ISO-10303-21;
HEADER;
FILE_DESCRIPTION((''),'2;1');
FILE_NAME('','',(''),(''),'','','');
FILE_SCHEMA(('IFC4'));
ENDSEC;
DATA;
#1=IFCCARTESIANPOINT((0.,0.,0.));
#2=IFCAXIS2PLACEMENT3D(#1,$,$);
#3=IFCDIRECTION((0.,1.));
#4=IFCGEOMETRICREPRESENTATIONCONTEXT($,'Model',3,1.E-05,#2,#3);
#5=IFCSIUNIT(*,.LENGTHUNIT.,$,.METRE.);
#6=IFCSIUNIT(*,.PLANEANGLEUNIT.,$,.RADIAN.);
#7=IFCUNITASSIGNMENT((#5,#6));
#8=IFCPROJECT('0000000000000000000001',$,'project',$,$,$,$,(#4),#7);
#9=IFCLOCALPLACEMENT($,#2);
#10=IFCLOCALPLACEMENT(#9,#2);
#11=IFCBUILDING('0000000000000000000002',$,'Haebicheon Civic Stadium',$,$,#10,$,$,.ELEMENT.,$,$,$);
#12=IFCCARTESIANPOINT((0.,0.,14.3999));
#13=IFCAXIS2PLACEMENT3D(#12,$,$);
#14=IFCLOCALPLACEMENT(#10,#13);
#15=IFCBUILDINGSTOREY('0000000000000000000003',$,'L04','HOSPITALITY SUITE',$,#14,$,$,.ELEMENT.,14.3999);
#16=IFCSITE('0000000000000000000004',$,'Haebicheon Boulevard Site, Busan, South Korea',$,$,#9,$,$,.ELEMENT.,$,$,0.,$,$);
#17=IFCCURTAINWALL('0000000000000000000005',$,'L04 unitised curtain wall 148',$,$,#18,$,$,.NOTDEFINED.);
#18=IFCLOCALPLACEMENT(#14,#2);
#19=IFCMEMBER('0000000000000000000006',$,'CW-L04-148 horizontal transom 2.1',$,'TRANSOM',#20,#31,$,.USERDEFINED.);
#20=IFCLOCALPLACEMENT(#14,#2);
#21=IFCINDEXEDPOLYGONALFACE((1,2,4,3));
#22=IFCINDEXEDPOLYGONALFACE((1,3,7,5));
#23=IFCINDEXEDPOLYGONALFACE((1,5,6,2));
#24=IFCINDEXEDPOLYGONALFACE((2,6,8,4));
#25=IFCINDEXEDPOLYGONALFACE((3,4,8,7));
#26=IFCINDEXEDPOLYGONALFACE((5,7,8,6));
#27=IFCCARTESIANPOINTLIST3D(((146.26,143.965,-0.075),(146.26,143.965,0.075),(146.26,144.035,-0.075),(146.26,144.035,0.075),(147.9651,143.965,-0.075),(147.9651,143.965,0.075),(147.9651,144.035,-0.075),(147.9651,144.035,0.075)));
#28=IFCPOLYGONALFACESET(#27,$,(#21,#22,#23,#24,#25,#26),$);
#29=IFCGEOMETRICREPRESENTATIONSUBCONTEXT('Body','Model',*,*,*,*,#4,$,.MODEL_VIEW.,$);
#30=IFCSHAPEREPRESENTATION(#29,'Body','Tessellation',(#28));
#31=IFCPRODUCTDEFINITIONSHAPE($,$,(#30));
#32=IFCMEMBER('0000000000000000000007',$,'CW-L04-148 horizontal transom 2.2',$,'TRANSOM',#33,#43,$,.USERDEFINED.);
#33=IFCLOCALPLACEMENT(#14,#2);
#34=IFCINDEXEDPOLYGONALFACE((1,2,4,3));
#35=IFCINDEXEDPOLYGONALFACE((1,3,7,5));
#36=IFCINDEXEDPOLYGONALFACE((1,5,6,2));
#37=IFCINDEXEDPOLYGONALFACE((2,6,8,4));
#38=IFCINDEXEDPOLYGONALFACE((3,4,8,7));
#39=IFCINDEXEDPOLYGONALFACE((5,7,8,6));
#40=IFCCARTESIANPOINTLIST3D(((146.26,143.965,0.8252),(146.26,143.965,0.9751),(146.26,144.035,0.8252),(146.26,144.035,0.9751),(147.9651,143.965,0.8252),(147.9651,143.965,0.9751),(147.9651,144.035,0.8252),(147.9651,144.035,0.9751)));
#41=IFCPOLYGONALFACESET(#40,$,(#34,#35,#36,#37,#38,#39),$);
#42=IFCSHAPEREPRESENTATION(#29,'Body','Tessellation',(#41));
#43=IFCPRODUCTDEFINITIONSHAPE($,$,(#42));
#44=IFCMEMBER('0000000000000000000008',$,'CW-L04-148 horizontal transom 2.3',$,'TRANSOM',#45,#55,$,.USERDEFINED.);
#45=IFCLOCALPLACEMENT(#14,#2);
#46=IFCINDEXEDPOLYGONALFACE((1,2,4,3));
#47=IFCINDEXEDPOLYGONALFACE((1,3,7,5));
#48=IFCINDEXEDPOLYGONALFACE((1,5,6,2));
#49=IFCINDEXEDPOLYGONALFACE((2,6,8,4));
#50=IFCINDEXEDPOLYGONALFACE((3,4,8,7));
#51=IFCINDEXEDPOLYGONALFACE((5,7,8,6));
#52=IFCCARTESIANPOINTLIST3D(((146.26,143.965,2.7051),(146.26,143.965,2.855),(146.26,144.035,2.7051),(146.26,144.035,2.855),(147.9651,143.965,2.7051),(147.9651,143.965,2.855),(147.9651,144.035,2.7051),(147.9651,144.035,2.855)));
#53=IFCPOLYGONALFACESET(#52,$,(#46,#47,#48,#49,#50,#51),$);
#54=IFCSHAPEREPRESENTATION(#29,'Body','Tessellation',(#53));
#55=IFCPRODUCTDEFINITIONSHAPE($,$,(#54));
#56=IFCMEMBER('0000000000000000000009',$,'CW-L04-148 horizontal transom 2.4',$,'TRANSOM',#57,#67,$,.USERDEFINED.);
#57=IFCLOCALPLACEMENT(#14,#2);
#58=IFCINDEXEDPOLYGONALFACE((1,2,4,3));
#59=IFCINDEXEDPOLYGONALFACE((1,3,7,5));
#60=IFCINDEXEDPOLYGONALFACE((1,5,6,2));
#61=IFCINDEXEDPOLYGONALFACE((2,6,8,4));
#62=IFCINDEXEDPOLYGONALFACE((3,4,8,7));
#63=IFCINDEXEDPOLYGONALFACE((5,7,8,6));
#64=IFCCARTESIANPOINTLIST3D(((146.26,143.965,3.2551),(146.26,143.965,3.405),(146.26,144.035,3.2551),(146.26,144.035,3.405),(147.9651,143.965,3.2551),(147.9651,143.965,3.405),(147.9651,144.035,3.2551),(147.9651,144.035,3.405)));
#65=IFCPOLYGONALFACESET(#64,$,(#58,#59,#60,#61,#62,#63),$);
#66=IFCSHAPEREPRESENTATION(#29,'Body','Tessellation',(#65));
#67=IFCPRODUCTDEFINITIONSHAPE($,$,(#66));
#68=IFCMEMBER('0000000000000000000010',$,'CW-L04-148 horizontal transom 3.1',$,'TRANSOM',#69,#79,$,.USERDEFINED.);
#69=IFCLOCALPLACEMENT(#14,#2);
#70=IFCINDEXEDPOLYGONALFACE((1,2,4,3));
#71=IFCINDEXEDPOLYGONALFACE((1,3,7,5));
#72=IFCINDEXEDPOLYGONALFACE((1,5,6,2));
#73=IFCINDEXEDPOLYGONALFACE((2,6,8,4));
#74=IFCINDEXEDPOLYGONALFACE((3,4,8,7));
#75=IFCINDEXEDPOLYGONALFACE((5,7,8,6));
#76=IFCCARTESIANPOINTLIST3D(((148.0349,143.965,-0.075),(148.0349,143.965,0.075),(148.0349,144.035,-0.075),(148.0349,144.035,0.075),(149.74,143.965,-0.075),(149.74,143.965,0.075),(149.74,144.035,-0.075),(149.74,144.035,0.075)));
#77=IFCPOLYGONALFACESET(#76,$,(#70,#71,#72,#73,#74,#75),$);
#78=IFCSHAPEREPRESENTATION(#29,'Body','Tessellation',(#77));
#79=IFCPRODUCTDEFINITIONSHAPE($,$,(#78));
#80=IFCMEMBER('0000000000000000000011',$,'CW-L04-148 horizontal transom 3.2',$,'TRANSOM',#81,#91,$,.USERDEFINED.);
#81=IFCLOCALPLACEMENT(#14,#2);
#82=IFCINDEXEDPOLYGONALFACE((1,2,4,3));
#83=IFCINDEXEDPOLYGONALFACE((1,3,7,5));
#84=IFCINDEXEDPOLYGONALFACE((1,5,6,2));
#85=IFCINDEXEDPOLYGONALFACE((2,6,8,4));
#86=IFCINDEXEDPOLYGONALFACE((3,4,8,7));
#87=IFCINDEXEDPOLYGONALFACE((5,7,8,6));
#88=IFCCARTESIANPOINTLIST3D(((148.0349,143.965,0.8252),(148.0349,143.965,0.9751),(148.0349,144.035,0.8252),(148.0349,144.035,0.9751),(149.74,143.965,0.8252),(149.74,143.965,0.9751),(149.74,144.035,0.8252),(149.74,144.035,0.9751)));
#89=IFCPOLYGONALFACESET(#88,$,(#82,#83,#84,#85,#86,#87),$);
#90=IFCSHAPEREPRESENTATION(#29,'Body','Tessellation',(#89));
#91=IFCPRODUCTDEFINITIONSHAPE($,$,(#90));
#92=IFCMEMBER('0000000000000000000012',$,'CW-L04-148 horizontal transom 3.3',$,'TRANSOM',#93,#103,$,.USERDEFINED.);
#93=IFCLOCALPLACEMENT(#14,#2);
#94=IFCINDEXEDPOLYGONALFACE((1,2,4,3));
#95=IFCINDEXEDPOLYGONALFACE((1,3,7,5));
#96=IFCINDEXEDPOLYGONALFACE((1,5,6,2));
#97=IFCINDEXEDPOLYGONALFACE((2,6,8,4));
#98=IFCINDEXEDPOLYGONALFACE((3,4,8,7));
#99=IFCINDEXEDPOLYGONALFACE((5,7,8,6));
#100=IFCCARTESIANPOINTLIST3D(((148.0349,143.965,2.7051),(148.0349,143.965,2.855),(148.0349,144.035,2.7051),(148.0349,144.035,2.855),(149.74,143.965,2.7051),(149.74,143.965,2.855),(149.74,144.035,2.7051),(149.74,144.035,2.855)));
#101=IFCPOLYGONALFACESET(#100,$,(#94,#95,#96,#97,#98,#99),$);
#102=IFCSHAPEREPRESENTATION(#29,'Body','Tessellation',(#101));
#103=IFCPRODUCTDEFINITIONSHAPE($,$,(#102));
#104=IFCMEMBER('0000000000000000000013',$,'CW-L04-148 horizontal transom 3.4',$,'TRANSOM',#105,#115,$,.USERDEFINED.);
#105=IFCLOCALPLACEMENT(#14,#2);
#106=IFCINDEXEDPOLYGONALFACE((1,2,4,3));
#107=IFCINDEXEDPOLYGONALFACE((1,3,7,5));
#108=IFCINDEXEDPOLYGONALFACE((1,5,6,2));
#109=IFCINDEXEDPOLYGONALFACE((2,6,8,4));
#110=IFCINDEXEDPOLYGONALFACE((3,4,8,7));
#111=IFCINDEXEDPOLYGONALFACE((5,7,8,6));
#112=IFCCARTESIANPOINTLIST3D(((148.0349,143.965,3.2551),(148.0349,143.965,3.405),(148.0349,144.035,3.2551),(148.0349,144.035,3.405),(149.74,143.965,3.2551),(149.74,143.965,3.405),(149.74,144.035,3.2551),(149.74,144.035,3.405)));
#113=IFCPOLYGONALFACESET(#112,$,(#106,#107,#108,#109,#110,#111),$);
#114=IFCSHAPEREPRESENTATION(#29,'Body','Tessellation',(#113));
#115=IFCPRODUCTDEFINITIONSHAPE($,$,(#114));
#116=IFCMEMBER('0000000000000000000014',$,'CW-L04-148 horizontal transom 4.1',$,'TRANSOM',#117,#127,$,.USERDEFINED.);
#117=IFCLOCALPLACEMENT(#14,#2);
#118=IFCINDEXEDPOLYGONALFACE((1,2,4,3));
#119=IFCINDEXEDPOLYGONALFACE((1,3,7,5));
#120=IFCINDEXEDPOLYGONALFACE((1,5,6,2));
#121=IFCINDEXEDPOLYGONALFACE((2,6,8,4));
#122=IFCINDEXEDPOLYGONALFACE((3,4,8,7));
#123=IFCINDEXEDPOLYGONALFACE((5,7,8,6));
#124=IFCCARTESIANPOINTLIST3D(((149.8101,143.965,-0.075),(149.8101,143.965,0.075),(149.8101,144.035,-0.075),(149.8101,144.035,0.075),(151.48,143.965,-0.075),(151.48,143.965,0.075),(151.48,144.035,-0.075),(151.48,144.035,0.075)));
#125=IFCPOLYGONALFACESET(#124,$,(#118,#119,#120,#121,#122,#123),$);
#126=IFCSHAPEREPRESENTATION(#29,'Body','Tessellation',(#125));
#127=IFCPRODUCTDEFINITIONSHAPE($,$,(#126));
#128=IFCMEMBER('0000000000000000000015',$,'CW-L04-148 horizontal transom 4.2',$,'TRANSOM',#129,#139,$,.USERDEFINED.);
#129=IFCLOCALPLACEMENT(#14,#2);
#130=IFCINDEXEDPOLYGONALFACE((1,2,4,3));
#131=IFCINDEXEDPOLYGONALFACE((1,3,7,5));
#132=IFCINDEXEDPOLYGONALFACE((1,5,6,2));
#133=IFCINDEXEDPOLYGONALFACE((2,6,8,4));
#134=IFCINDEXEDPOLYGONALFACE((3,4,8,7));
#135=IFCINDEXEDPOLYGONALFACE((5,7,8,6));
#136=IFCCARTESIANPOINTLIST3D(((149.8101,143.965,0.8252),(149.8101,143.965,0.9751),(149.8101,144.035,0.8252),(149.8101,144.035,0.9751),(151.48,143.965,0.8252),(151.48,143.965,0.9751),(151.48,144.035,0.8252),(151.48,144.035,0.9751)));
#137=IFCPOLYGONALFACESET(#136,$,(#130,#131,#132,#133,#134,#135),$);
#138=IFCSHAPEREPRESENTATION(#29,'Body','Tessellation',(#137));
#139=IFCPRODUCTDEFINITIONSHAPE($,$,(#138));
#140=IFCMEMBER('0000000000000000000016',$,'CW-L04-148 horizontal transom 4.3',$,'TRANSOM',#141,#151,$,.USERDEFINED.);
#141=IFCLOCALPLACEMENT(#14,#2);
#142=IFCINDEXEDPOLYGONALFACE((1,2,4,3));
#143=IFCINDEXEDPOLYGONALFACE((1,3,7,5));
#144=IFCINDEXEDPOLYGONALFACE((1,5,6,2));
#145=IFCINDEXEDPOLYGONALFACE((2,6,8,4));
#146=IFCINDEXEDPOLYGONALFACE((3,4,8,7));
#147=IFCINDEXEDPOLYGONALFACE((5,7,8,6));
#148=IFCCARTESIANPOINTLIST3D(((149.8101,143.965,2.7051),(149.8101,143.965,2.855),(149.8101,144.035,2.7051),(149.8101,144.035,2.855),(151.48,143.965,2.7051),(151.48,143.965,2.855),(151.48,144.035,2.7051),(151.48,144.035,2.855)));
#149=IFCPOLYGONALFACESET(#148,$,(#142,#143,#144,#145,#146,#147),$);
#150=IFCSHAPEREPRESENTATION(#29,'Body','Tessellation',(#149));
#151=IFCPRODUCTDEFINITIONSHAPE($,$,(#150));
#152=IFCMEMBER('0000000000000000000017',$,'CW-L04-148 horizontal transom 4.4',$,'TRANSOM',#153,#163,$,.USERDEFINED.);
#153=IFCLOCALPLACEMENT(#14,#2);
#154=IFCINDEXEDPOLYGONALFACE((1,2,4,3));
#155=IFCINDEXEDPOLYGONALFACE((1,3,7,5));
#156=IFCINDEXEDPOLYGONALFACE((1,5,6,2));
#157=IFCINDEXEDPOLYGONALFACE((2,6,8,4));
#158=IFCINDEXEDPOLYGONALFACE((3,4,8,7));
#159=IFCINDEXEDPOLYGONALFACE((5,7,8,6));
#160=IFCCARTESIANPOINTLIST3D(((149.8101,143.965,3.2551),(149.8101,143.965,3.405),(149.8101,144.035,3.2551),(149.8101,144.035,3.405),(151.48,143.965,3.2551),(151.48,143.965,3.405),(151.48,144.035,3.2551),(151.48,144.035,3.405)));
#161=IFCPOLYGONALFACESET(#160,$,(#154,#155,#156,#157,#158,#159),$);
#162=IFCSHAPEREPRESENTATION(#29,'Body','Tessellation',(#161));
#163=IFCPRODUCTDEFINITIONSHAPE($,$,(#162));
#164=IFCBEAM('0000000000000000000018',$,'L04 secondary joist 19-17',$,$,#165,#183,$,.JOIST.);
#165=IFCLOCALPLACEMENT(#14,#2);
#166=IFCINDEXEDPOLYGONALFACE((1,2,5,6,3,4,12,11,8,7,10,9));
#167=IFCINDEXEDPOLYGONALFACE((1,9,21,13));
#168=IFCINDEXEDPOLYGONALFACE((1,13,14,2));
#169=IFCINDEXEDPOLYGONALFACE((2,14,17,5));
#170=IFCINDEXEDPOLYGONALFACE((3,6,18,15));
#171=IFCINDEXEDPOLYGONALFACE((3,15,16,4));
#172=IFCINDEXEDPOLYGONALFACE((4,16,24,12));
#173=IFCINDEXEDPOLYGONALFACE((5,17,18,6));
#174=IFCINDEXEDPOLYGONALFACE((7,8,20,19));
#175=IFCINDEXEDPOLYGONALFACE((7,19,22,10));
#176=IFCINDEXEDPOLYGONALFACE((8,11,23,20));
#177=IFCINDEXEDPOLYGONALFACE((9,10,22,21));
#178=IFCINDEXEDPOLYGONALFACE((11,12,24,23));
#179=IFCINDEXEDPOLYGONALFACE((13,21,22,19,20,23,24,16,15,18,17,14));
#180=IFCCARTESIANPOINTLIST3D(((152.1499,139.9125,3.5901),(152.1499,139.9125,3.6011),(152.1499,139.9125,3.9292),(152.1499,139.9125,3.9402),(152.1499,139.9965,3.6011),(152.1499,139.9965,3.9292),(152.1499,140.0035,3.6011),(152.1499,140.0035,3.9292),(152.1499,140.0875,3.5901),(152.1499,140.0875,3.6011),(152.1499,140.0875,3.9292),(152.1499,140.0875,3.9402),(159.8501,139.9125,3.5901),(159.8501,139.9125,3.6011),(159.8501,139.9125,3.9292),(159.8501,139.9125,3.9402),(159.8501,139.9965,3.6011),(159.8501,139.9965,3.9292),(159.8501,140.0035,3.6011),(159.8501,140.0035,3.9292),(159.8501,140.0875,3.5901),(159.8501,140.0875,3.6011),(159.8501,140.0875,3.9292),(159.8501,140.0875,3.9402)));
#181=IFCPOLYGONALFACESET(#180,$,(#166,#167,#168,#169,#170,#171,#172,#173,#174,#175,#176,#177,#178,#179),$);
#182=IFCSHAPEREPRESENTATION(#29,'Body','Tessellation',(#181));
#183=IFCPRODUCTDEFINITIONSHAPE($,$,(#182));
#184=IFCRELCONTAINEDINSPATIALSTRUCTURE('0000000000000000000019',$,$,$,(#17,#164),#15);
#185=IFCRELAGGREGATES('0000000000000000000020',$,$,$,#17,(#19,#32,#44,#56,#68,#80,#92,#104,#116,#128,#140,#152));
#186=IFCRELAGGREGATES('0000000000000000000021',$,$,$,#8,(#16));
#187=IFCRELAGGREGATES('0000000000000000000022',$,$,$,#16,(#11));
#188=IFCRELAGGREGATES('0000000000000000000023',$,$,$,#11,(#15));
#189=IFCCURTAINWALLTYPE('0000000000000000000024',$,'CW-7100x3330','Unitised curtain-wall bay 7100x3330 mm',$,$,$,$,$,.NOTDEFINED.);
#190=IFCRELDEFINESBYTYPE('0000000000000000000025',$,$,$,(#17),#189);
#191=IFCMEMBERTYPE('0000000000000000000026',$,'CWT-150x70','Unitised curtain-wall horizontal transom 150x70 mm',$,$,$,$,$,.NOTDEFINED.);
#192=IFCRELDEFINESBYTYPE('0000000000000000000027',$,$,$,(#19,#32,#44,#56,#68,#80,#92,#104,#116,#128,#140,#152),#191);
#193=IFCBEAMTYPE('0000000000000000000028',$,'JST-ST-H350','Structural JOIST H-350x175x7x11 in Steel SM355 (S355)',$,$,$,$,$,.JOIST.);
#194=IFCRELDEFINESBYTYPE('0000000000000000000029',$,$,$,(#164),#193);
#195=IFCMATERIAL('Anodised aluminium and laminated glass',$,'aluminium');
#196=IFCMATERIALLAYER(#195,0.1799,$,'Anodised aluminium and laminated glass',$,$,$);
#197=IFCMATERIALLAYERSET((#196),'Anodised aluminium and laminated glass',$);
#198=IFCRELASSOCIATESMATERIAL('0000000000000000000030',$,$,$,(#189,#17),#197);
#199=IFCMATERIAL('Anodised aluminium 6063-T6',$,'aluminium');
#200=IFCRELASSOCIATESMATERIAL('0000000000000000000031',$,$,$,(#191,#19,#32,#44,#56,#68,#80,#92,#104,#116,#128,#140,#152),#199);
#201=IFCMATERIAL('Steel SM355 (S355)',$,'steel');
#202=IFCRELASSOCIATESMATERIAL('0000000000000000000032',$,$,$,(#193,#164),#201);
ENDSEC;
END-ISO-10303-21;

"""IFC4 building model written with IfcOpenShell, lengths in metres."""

from ifc_helpers import new_model, si_unit, direction, frame, origin, origin_2d, place, context, subcontext, project, spatial, rectangle, i_section, extrude, material, layer, layer_set, material_profile, profile_set, type_object, element, aggregate, save


model = new_model("IFC4")

# Units and contexts
model_context = context("Model", 3, precision=1e-05, world=origin(), true_north=direction((0.0, 1.0)))
body_context = subcontext(model_context, "Body", "Model", "MODEL_VIEW")
ifc_project = project(units=[si_unit("LENGTHUNIT", "METRE"), si_unit("PLANEANGLEUNIT", "RADIAN")], contexts=[model_context])

# Site, building, storey
site_placement = place(None, origin())
site = spatial("IfcSite", under=ifc_project, at=site_placement, Name="Haebicheon Boulevard Site, Busan, South Korea", CompositionType="ELEMENT", RefElevation=0.0)
building_placement = place(site_placement, origin())
building = spatial("IfcBuilding", under=site, at=building_placement, Name="Haebicheon Civic Stadium", CompositionType="ELEMENT")
storey_placement = place(building_placement, frame((0.0, 0.0, 14.3999)))
storey = spatial("IfcBuildingStorey", under=building, at=storey_placement, Name="L04", Description="HOSPITALITY SUITE", CompositionType="ELEMENT", Elevation=14.3999)

# Curtain wall, members
ifc_material_1 = material(Name="Anodised aluminium and laminated glass", Category="aluminium")
ifc_layer_1 = layer(ifc_material_1, 0.1799, Name="Anodised aluminium and laminated glass")
ifc_layer_set_1 = layer_set([ifc_layer_1], Name="Anodised aluminium and laminated glass")
curtain_wall_type = type_object("IfcCurtainWallType", Name="CW-7100x3330", Description="Unitised curtain-wall bay 7100x3330 mm", PredefinedType="NOTDEFINED", material=ifc_layer_set_1)
curtain_wall_placement = place(storey_placement, origin())
curtain_wall = element("IfcCurtainWall", 1, at=curtain_wall_placement, inside=storey, type_object=curtain_wall_type, material=ifc_layer_set_1, Name="L04 unitised curtain wall 148", PredefinedType="NOTDEFINED")
ifc_material_2 = material(Name="Anodised aluminium 6063-T6", Category="aluminium")
ifc_material_profile_1 = material_profile(ifc_material_2, rectangle(XDim=0.0701, YDim=0.1499, at=origin_2d()), Name="ALU-TRAN-70x150")
ifc_profile_set_1 = profile_set([ifc_material_profile_1], Name="Anodised aluminium 6063-T6")
member_type_1 = type_object("IfcMemberType", Name="CWT-150x70", Description="Unitised curtain-wall horizontal transom 150x70 mm", PredefinedType="NOTDEFINED", material=ifc_profile_set_1)
member_1_placement = place(storey_placement, frame((146.26, 144.0, 0.0), z_axis=(1.0, 0.0, 0.0), x_axis=(0.0, 1.0, 0.0)))
member_1 = element("IfcMember", 2, at=member_1_placement, type_object=member_type_1, material=ifc_profile_set_1, Name="CW-L04-148 horizontal transom 2.1", ObjectType="TRANSOM", PredefinedType="USERDEFINED", context=body_context, shape_type="SweptSolid", body=[
    extrude(rectangle(XDim=0.0701, YDim=0.1499, at=origin_2d()), origin(), (0.0, 0.0, 1.0), 1.7051),
])
member_2_placement = place(storey_placement, frame((146.26, 144.0, 0.9001), z_axis=(1.0, 0.0, 0.0), x_axis=(0.0, 1.0, 0.0)))
member_2 = element("IfcMember", 3, at=member_2_placement, type_object=member_type_1, material=ifc_profile_set_1, Name="CW-L04-148 horizontal transom 2.2", ObjectType="TRANSOM", PredefinedType="USERDEFINED", context=body_context, shape_type="SweptSolid", body=[
    extrude(rectangle(XDim=0.0701, YDim=0.1499, at=origin_2d()), origin(), (0.0, 0.0, 1.0), 1.7051),
])
member_3_placement = place(storey_placement, frame((146.26, 144.0, 2.78), z_axis=(1.0, 0.0, 0.0), x_axis=(0.0, 1.0, 0.0)))
member_3 = element("IfcMember", 4, at=member_3_placement, type_object=member_type_1, material=ifc_profile_set_1, Name="CW-L04-148 horizontal transom 2.3", ObjectType="TRANSOM", PredefinedType="USERDEFINED", context=body_context, shape_type="SweptSolid", body=[
    extrude(rectangle(XDim=0.0701, YDim=0.1499, at=origin_2d()), origin(), (0.0, 0.0, 1.0), 1.7051),
])
member_4_placement = place(storey_placement, frame((146.26, 144.0, 3.3301), z_axis=(1.0, 0.0, 0.0), x_axis=(0.0, 1.0, 0.0)))
member_4 = element("IfcMember", 5, at=member_4_placement, type_object=member_type_1, material=ifc_profile_set_1, Name="CW-L04-148 horizontal transom 2.4", ObjectType="TRANSOM", PredefinedType="USERDEFINED", context=body_context, shape_type="SweptSolid", body=[
    extrude(rectangle(XDim=0.0701, YDim=0.1499, at=origin_2d()), origin(), (0.0, 0.0, 1.0), 1.7051),
])
member_5_placement = place(storey_placement, frame((148.0349, 144.0, 0.0), z_axis=(1.0, 0.0, 0.0), x_axis=(0.0, 1.0, 0.0)))
member_5 = element("IfcMember", 6, at=member_5_placement, type_object=member_type_1, material=ifc_profile_set_1, Name="CW-L04-148 horizontal transom 3.1", ObjectType="TRANSOM", PredefinedType="USERDEFINED", context=body_context, shape_type="SweptSolid", body=[
    extrude(rectangle(XDim=0.0701, YDim=0.1499, at=origin_2d()), origin(), (0.0, 0.0, 1.0), 1.7051),
])
member_6_placement = place(storey_placement, frame((148.0349, 144.0, 0.9001), z_axis=(1.0, 0.0, 0.0), x_axis=(0.0, 1.0, 0.0)))
member_6 = element("IfcMember", 7, at=member_6_placement, type_object=member_type_1, material=ifc_profile_set_1, Name="CW-L04-148 horizontal transom 3.2", ObjectType="TRANSOM", PredefinedType="USERDEFINED", context=body_context, shape_type="SweptSolid", body=[
    extrude(rectangle(XDim=0.0701, YDim=0.1499, at=origin_2d()), origin(), (0.0, 0.0, 1.0), 1.7051),
])
member_7_placement = place(storey_placement, frame((148.0349, 144.0, 2.78), z_axis=(1.0, 0.0, 0.0), x_axis=(0.0, 1.0, 0.0)))
member_7 = element("IfcMember", 8, at=member_7_placement, type_object=member_type_1, material=ifc_profile_set_1, Name="CW-L04-148 horizontal transom 3.3", ObjectType="TRANSOM", PredefinedType="USERDEFINED", context=body_context, shape_type="SweptSolid", body=[
    extrude(rectangle(XDim=0.0701, YDim=0.1499, at=origin_2d()), origin(), (0.0, 0.0, 1.0), 1.7051),
])
member_8_placement = place(storey_placement, frame((148.0349, 144.0, 3.3301), z_axis=(1.0, 0.0, 0.0), x_axis=(0.0, 1.0, 0.0)))
member_8 = element("IfcMember", 9, at=member_8_placement, type_object=member_type_1, material=ifc_profile_set_1, Name="CW-L04-148 horizontal transom 3.4", ObjectType="TRANSOM", PredefinedType="USERDEFINED", context=body_context, shape_type="SweptSolid", body=[
    extrude(rectangle(XDim=0.0701, YDim=0.1499, at=origin_2d()), origin(), (0.0, 0.0, 1.0), 1.7051),
])
member_9_placement = place(storey_placement, frame((149.8101, 144.0, 0.0), z_axis=(1.0, 0.0, 0.0), x_axis=(0.0, 1.0, 0.0)))
member_9 = element("IfcMember", 10, at=member_9_placement, type_object=member_type_1, material=ifc_profile_set_1, Name="CW-L04-148 horizontal transom 4.1", ObjectType="TRANSOM", PredefinedType="USERDEFINED", context=body_context, shape_type="SweptSolid", body=[
    extrude(rectangle(XDim=0.0701, YDim=0.1499, at=origin_2d()), origin(), (0.0, 0.0, 1.0), 1.6699),
])
member_10_placement = place(storey_placement, frame((149.8101, 144.0, 0.9001), z_axis=(1.0, 0.0, 0.0), x_axis=(0.0, 1.0, 0.0)))
member_10 = element("IfcMember", 11, at=member_10_placement, type_object=member_type_1, material=ifc_profile_set_1, Name="CW-L04-148 horizontal transom 4.2", ObjectType="TRANSOM", PredefinedType="USERDEFINED", context=body_context, shape_type="SweptSolid", body=[
    extrude(rectangle(XDim=0.0701, YDim=0.1499, at=origin_2d()), origin(), (0.0, 0.0, 1.0), 1.6699),
])
member_11_placement = place(storey_placement, frame((149.8101, 144.0, 2.78), z_axis=(1.0, 0.0, 0.0), x_axis=(0.0, 1.0, 0.0)))
member_11 = element("IfcMember", 12, at=member_11_placement, type_object=member_type_1, material=ifc_profile_set_1, Name="CW-L04-148 horizontal transom 4.3", ObjectType="TRANSOM", PredefinedType="USERDEFINED", context=body_context, shape_type="SweptSolid", body=[
    extrude(rectangle(XDim=0.0701, YDim=0.1499, at=origin_2d()), origin(), (0.0, 0.0, 1.0), 1.6699),
])
member_12_placement = place(storey_placement, frame((149.8101, 144.0, 3.3301), z_axis=(1.0, 0.0, 0.0), x_axis=(0.0, 1.0, 0.0)))
member_12 = element("IfcMember", 13, at=member_12_placement, type_object=member_type_1, material=ifc_profile_set_1, Name="CW-L04-148 horizontal transom 4.4", ObjectType="TRANSOM", PredefinedType="USERDEFINED", context=body_context, shape_type="SweptSolid", body=[
    extrude(rectangle(XDim=0.0701, YDim=0.1499, at=origin_2d()), origin(), (0.0, 0.0, 1.0), 1.6699),
])

# Beam
ifc_material_3 = material(Name="Steel SM355 (S355)", Category="steel")
ifc_material_profile_2 = material_profile(ifc_material_3, i_section(OverallWidth=0.175, OverallDepth=0.3501, WebThickness=0.0071, FlangeThickness=0.011, at=origin_2d()), Name="H-350x175x7x11")
ifc_profile_set_2 = profile_set([ifc_material_profile_2], Name="Steel SM355 (S355)")
beam_type_1 = type_object("IfcBeamType", Name="JST-ST-H350", Description="Structural JOIST H-350x175x7x11 in Steel SM355 (S355)", PredefinedType="JOIST", material=ifc_profile_set_2)
beam_1_placement = place(storey_placement, frame((152.1499, 140.0, 3.7651), z_axis=(1.0, 0.0, 0.0), x_axis=(0.0, 1.0, 0.0)))
element("IfcBeam", 14, at=beam_1_placement, inside=storey, type_object=beam_type_1, material=ifc_profile_set_2, Name="L04 secondary joist 19-17", PredefinedType="JOIST", context=body_context, shape_type="SweptSolid", body=[
    extrude(i_section(OverallWidth=0.175, OverallDepth=0.3501, WebThickness=0.0071, FlangeThickness=0.011, at=origin_2d()), origin(), (0.0, 0.0, 1.0), 7.7002),
])

aggregate(curtain_wall, [member_1, member_2, member_3, member_4, member_5, member_6, member_7, member_8, member_9, member_10, member_11, member_12])

save(model, "model.ifc")
